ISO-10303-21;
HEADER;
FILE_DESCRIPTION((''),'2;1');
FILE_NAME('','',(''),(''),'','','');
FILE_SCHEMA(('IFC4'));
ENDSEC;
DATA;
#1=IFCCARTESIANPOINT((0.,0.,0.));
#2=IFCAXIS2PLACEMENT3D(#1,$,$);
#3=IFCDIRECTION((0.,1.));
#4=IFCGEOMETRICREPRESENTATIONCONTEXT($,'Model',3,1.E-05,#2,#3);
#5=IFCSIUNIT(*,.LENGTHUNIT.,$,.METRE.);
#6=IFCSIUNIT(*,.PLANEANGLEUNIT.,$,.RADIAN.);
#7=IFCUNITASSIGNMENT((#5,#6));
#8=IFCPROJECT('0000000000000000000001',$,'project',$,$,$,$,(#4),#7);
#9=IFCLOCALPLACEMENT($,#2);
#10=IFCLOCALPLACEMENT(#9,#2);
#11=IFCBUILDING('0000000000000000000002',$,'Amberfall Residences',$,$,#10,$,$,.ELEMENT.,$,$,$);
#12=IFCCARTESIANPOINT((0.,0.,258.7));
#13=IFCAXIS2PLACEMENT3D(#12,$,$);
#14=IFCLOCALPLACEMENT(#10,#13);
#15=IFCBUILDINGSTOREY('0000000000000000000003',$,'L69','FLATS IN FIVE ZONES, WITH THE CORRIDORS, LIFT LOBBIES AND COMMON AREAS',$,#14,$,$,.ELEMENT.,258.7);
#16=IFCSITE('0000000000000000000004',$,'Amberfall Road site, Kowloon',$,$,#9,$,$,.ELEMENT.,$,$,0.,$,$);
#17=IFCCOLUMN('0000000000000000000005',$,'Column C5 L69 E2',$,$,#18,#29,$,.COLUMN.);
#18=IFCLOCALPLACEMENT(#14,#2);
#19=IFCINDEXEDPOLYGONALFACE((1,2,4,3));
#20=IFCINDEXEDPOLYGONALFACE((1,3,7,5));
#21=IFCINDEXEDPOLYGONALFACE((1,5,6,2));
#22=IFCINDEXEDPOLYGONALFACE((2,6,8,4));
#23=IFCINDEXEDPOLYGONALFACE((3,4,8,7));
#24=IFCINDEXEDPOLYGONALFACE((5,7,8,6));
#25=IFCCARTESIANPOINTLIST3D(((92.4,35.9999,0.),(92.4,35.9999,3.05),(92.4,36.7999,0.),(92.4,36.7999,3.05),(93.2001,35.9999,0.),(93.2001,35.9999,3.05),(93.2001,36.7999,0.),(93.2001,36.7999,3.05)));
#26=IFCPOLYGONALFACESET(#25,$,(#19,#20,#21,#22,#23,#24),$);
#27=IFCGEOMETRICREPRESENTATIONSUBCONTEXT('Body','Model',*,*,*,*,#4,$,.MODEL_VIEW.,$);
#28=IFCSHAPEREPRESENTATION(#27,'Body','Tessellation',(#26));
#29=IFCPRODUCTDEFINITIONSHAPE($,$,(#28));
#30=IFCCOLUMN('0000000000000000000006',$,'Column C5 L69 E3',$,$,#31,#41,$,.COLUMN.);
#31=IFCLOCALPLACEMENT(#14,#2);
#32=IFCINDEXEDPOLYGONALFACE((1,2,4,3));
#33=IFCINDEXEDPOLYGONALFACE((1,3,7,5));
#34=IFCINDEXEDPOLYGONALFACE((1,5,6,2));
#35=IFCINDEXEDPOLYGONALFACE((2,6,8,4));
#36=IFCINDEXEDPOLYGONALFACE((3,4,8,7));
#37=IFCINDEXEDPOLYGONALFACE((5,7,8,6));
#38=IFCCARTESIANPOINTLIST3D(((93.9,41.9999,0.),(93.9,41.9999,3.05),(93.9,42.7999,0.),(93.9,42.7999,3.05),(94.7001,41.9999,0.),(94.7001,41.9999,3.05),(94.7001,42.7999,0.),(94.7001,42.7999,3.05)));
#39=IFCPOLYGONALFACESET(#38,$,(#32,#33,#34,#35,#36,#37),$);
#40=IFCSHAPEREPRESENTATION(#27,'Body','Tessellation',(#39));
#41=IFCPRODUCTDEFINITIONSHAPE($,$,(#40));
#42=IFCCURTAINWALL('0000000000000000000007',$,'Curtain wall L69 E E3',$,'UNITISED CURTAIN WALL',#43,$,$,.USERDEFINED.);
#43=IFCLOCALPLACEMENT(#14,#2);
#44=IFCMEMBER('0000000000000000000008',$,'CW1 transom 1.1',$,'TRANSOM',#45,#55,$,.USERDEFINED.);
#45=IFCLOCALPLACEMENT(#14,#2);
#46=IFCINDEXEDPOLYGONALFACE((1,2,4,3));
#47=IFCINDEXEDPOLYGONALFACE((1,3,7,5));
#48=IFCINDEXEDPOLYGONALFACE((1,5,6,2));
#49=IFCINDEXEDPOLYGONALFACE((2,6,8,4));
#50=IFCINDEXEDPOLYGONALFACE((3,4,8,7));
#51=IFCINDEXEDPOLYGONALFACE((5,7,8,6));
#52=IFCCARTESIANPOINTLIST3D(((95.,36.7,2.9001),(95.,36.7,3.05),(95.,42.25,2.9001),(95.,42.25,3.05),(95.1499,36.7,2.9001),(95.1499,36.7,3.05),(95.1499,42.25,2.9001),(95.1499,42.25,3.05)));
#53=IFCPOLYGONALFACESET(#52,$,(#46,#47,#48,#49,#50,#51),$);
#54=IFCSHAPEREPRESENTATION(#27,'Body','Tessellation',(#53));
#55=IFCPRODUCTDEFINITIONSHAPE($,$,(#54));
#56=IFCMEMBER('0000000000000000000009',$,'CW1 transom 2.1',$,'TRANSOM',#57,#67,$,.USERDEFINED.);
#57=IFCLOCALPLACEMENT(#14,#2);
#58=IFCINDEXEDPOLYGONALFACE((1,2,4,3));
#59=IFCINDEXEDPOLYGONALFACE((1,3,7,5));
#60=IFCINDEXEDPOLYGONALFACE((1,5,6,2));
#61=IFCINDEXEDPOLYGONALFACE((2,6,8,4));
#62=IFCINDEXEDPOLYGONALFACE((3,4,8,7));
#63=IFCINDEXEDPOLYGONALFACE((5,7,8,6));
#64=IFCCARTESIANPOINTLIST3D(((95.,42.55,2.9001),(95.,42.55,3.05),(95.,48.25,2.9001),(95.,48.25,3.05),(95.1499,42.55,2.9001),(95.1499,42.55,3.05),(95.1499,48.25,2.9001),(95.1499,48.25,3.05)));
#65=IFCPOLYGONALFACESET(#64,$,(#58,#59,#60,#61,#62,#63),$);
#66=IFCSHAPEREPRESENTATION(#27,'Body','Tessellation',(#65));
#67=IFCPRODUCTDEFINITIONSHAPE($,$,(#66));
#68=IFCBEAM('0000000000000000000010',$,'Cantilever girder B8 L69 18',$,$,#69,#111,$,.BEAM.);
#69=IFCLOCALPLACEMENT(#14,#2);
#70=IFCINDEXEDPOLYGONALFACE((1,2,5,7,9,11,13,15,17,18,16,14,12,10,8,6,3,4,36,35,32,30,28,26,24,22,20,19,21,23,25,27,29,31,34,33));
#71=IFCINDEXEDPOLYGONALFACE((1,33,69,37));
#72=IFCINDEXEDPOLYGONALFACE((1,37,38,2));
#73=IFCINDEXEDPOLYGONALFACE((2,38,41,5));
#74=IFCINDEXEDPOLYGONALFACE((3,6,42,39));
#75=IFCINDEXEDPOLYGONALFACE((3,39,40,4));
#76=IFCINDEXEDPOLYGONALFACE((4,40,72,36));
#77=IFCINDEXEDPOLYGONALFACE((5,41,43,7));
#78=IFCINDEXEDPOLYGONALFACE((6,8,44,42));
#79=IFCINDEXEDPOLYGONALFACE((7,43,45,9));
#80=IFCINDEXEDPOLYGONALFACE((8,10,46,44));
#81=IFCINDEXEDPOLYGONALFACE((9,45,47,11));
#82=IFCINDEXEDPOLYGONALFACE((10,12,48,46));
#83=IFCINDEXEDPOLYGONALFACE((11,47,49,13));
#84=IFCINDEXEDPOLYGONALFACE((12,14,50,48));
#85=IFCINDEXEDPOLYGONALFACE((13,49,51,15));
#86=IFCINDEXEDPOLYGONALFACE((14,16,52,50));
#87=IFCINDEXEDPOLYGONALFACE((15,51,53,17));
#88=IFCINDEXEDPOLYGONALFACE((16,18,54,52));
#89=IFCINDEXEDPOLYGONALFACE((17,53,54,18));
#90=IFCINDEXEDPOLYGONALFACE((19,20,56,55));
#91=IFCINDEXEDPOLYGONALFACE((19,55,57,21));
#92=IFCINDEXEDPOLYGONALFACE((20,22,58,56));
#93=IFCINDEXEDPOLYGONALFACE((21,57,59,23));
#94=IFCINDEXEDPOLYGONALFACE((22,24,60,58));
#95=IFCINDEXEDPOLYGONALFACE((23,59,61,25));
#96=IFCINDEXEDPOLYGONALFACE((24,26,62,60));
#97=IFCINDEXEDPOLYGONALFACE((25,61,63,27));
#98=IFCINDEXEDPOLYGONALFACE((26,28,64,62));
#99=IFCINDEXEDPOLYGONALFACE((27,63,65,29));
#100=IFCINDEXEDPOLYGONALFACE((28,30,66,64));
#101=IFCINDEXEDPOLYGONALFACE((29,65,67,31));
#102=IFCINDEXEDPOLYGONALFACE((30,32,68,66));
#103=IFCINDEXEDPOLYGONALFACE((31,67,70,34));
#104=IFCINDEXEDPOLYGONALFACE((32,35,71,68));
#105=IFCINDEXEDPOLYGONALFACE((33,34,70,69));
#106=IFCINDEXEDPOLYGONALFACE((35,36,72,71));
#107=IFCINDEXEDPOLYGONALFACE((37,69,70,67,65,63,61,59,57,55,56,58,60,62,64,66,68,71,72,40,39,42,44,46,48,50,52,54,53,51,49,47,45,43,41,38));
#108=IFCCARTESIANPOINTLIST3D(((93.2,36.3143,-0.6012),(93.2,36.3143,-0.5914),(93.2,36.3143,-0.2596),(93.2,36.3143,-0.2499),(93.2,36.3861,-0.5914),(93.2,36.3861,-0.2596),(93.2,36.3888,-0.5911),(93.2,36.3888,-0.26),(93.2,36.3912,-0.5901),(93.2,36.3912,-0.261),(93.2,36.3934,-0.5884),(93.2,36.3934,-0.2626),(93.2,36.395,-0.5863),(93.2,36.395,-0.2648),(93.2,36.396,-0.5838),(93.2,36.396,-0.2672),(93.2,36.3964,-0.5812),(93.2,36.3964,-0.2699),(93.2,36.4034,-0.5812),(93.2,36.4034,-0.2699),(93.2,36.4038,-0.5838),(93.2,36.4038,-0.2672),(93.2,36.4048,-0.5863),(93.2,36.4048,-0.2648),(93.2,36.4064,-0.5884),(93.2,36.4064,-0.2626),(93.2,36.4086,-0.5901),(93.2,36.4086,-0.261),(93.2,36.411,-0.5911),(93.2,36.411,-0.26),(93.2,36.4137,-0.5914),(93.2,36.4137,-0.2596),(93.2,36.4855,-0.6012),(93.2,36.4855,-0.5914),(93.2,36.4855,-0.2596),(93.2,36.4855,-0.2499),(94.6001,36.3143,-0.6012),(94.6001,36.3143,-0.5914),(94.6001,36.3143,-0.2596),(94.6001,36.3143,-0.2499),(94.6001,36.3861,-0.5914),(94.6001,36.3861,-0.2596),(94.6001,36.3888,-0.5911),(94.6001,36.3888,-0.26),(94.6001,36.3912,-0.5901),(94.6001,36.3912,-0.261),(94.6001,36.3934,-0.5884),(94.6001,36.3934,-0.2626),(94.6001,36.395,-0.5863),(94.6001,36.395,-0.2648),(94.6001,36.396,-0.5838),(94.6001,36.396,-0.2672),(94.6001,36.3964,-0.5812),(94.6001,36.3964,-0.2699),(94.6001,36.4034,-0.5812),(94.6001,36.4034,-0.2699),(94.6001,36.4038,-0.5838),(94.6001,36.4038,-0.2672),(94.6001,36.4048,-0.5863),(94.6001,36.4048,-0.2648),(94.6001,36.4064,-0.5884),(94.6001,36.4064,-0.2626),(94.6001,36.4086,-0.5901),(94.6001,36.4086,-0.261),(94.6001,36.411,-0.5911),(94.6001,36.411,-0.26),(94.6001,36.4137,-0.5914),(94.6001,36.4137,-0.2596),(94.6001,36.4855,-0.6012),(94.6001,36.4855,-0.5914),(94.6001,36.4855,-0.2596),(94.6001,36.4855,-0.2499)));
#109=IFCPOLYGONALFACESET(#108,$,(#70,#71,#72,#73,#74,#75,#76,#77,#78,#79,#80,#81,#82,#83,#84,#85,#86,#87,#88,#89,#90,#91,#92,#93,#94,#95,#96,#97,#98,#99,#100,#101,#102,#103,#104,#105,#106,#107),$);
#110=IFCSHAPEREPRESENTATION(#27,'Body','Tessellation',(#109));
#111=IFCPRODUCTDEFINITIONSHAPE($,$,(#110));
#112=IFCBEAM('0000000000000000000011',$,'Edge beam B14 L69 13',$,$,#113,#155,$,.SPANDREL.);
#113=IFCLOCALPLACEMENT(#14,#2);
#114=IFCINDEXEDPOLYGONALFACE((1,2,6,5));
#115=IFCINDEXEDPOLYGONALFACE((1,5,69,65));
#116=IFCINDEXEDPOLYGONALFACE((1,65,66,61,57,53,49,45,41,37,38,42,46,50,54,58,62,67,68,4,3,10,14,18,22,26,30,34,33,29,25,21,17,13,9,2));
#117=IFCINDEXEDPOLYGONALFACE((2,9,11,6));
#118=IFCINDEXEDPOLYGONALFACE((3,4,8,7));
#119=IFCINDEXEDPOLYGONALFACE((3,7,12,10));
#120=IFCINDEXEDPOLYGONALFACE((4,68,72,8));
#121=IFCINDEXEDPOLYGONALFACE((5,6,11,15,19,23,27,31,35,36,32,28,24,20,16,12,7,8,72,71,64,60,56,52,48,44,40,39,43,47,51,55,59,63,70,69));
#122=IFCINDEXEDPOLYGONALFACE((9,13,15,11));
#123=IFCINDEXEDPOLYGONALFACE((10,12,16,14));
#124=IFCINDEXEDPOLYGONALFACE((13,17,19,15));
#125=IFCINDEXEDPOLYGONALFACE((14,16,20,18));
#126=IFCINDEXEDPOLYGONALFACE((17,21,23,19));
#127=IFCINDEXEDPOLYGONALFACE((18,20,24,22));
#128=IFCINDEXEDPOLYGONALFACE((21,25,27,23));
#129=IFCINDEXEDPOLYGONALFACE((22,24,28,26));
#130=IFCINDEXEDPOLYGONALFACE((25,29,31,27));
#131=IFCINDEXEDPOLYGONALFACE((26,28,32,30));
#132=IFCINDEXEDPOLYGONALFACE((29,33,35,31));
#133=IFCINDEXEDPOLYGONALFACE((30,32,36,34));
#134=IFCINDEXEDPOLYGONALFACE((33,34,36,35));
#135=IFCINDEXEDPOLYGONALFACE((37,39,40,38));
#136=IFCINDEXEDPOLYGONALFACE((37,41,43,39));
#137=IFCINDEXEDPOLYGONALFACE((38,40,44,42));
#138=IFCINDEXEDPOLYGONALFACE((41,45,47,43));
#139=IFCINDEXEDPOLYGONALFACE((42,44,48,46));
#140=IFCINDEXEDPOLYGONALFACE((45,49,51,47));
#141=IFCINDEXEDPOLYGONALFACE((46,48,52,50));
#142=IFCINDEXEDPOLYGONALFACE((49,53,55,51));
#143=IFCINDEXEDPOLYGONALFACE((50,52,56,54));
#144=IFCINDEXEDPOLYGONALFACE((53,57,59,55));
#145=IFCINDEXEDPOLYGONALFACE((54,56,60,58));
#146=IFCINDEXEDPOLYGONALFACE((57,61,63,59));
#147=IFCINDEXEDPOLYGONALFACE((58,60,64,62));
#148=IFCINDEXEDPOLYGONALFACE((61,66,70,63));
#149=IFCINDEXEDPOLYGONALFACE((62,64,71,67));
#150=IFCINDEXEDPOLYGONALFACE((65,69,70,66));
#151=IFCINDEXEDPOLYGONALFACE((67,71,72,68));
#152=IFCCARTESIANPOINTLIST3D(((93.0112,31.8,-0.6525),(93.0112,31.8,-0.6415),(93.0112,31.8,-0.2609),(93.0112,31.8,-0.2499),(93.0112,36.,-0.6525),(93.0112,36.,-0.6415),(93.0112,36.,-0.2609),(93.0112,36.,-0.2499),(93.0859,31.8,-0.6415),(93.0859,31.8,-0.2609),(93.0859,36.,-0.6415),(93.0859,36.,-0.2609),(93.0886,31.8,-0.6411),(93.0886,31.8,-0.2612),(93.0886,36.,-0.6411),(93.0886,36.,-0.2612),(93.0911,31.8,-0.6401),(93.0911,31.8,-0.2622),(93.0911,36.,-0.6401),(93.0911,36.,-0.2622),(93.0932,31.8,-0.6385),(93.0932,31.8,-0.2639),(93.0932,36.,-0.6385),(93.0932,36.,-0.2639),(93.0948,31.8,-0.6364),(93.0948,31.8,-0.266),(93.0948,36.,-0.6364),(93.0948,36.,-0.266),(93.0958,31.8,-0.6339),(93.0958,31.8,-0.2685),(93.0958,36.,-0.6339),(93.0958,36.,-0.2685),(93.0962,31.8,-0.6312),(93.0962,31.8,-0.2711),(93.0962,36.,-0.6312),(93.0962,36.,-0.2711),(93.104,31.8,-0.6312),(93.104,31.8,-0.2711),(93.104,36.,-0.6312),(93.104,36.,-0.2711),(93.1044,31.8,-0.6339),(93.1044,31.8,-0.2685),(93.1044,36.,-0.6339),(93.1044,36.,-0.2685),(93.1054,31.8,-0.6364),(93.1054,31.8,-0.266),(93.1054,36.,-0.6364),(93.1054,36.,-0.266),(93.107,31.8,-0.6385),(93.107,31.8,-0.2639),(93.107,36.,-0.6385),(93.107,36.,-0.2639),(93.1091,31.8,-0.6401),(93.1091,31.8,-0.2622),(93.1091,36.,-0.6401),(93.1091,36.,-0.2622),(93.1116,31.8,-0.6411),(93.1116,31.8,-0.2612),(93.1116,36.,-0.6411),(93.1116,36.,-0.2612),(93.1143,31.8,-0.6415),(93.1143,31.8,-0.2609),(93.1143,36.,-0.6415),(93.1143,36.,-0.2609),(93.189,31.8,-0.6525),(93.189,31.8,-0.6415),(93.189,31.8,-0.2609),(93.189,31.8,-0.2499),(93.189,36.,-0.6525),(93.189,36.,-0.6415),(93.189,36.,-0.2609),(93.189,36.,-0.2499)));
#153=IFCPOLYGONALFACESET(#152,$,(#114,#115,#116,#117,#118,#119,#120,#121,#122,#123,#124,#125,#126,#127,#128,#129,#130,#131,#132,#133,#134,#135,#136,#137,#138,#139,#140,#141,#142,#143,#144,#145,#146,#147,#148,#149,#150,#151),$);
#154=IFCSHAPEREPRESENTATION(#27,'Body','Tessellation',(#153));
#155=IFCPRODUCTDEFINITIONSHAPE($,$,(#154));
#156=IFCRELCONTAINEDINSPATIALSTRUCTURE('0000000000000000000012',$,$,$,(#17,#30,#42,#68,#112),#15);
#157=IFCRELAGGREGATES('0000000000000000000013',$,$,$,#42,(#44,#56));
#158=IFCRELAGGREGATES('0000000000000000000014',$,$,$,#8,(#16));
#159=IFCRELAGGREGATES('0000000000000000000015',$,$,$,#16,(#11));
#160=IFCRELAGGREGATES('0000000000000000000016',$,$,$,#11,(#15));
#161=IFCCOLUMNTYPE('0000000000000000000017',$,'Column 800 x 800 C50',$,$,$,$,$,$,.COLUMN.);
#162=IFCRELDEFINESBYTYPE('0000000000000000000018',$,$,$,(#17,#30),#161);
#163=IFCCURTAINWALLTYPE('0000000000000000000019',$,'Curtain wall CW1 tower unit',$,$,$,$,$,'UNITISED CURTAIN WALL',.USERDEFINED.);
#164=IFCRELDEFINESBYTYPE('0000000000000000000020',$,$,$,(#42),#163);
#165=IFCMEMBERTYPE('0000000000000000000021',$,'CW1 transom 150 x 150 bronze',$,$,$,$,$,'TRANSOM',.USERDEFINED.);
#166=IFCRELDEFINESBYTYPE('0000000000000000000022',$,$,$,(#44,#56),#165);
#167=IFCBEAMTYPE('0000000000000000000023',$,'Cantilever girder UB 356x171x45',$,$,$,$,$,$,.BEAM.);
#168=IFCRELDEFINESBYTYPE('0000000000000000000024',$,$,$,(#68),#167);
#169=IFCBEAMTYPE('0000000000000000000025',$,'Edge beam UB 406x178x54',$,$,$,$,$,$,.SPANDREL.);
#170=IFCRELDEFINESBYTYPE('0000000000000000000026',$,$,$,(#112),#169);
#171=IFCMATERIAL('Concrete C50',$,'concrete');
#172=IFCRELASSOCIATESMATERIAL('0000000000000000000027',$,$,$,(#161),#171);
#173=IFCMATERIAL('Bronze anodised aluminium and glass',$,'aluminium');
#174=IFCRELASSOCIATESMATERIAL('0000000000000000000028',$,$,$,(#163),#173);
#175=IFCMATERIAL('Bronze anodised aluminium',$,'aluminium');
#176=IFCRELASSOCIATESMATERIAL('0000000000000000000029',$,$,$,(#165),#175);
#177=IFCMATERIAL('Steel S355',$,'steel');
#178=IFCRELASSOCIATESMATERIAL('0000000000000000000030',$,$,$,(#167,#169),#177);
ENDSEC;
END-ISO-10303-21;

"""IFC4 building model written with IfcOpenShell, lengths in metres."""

from ifc_helpers import new_model, si_unit, direction, frame, origin, origin_2d, place, context, subcontext, project, spatial, rectangle, i_section, extrude, material, material_profile, profile_set, type_object, element, aggregate, save


model = new_model("IFC4")

# Units and contexts
model_context = context("Model", 3, precision=1e-05, world=origin(), true_north=direction((0.0, 1.0)))
body_context = subcontext(model_context, "Body", "Model", "MODEL_VIEW")
ifc_project = project(units=[si_unit("LENGTHUNIT", "METRE"), si_unit("PLANEANGLEUNIT", "RADIAN")], contexts=[model_context])

# Site, building, storey
site_placement = place(None, origin())
site = spatial("IfcSite", under=ifc_project, at=site_placement, Name="Amberfall Road site, Kowloon", CompositionType="ELEMENT", RefElevation=0.0)
building_placement = place(site_placement, origin())
building = spatial("IfcBuilding", under=site, at=building_placement, Name="Amberfall Residences", CompositionType="ELEMENT")
storey_placement = place(building_placement, frame((0.0, 0.0, 258.7)))
storey = spatial("IfcBuildingStorey", under=building, at=storey_placement, Name="L69", Description="FLATS IN FIVE ZONES, WITH THE CORRIDORS, LIFT LOBBIES AND COMMON AREAS", CompositionType="ELEMENT", Elevation=258.7)

# Columns
ifc_material_1 = material(Name="Concrete C50", Category="concrete")
ifc_material_profile_1 = material_profile(ifc_material_1, rectangle(XDim=0.8, YDim=0.8, at=origin_2d()), Name="Column 800 x 800 C50")
ifc_profile_set_1 = profile_set([ifc_material_profile_1], Name="Concrete C50")
column_type = type_object("IfcColumnType", Name="Column 800 x 800 C50", PredefinedType="COLUMN", material=ifc_profile_set_1)
for number, where, z_axis, x_axis, name in (
    (1, (92.8, 36.3999, 0.0), (0.0, 0.0, 1.0), (1.0, 0.0, 0.0), "Column C5 L69 E2"),
    (2, (94.3, 42.3999, 0.0), (0.0, 0.0, 1.0), (1.0, 0.0, 0.0), "Column C5 L69 E3"),
):
    element("IfcColumn", number, at=place(storey_placement, frame(where, z_axis=z_axis, x_axis=x_axis)), inside=storey, type_object=column_type, Name=name, PredefinedType="COLUMN", context=body_context, shape_type="SweptSolid", body=[
        extrude(rectangle(XDim=0.8, YDim=0.8, at=origin_2d()), origin(), (0.0, 0.0, 1.0), 3.05),
    ])

# Curtain wall, members
ifc_material_2 = material(Name="Bronze anodised aluminium and glass", Category="aluminium")
curtain_wall_type = type_object("IfcCurtainWallType", Name="Curtain wall CW1 tower unit", ElementType="UNITISED CURTAIN WALL", PredefinedType="USERDEFINED", material=ifc_material_2)
curtain_wall_placement = place(storey_placement, origin())
curtain_wall = element("IfcCurtainWall", 3, at=curtain_wall_placement, inside=storey, type_object=curtain_wall_type, Name="Curtain wall L69 E E3", ObjectType="UNITISED CURTAIN WALL", PredefinedType="USERDEFINED")
ifc_material_3 = material(Name="Bronze anodised aluminium", Category="aluminium")
ifc_material_profile_2 = material_profile(ifc_material_3, rectangle(XDim=0.1499, YDim=0.1499, at=origin_2d()), Name="CW1 transom 150 x 150 bronze")
ifc_profile_set_2 = profile_set([ifc_material_profile_2], Name="Bronze anodised aluminium")
member_type_1 = type_object("IfcMemberType", Name="CW1 transom 150 x 150 bronze", ElementType="TRANSOM", PredefinedType="USERDEFINED", material=ifc_profile_set_2)
member_1_placement = place(storey_placement, frame((95.075, 36.7, 2.9751), z_axis=(0.0, 1.0, 0.0), x_axis=(-1.0, 0.0, 0.0)))
member_1 = element("IfcMember", 4, at=member_1_placement, type_object=member_type_1, Name="CW1 transom 1.1", ObjectType="TRANSOM", PredefinedType="USERDEFINED", context=body_context, shape_type="SweptSolid", body=[
    extrude(rectangle(XDim=0.1499, YDim=0.1499, at=origin_2d()), origin(), (0.0, 0.0, 1.0), 5.55),
])
member_2_placement = place(storey_placement, frame((95.075, 42.55, 2.9751), z_axis=(0.0, 1.0, 0.0), x_axis=(-1.0, 0.0, 0.0)))
member_2 = element("IfcMember", 5, at=member_2_placement, type_object=member_type_1, Name="CW1 transom 2.1", ObjectType="TRANSOM", PredefinedType="USERDEFINED", context=body_context, shape_type="SweptSolid", body=[
    extrude(rectangle(XDim=0.1499, YDim=0.1499, at=origin_2d()), origin(), (0.0, 0.0, 1.0), 5.7),
])

# Beams
ifc_material_4 = material(Name="Steel S355", Category="steel")
ifc_material_profile_3 = material_profile(ifc_material_4, i_section(OverallWidth=0.1711, OverallDepth=0.3513, WebThickness=0.0071, FlangeThickness=0.0098, FilletRadius=0.0103, at=origin_2d()), Name="UB 356x171x45")
ifc_profile_set_3 = profile_set([ifc_material_profile_3], Name="Steel S355")
beam_type_1 = type_object("IfcBeamType", Name="Cantilever girder UB 356x171x45", PredefinedType="BEAM", material=ifc_profile_set_3)
beam_1_placement = place(storey_placement, frame((93.2, 36.3999, -0.4255), z_axis=(1.0, 0.0, 0.0), x_axis=(0.0, 1.0, 0.0)))
element("IfcBeam", 6, at=beam_1_placement, inside=storey, type_object=beam_type_1, Name="Cantilever girder B8 L69 18", PredefinedType="BEAM", context=body_context, shape_type="SweptSolid", body=[
    extrude(i_section(OverallWidth=0.1711, OverallDepth=0.3513, WebThickness=0.0071, FlangeThickness=0.0098, FilletRadius=0.0103, at=origin_2d()), origin(), (0.0, 0.0, 1.0), 1.4001),
])
ifc_material_profile_4 = material_profile(ifc_material_4, i_section(OverallWidth=0.1777, OverallDepth=0.4026, WebThickness=0.0078, FlangeThickness=0.011, FilletRadius=0.0103, at=origin_2d()), Name="UB 406x178x54")
ifc_profile_set_4 = profile_set([ifc_material_profile_4], Name="Steel S355")
beam_type_2 = type_object("IfcBeamType", Name="Edge beam UB 406x178x54", PredefinedType="SPANDREL", material=ifc_profile_set_4)
beam_2_placement = place(storey_placement, frame((93.1001, 31.8, -0.4512), z_axis=(0.0, 1.0, 0.0), x_axis=(-1.0, 0.0, 0.0)))
element("IfcBeam", 7, at=beam_2_placement, inside=storey, type_object=beam_type_2, Name="Edge beam B14 L69 13", PredefinedType="SPANDREL", context=body_context, shape_type="SweptSolid", body=[
    extrude(i_section(OverallWidth=0.1777, OverallDepth=0.4026, WebThickness=0.0078, FlangeThickness=0.011, FilletRadius=0.0103, at=origin_2d()), origin(), (0.0, 0.0, 1.0), 4.2),
])

aggregate(curtain_wall, [member_1, member_2])

save(model, "model.ifc")
